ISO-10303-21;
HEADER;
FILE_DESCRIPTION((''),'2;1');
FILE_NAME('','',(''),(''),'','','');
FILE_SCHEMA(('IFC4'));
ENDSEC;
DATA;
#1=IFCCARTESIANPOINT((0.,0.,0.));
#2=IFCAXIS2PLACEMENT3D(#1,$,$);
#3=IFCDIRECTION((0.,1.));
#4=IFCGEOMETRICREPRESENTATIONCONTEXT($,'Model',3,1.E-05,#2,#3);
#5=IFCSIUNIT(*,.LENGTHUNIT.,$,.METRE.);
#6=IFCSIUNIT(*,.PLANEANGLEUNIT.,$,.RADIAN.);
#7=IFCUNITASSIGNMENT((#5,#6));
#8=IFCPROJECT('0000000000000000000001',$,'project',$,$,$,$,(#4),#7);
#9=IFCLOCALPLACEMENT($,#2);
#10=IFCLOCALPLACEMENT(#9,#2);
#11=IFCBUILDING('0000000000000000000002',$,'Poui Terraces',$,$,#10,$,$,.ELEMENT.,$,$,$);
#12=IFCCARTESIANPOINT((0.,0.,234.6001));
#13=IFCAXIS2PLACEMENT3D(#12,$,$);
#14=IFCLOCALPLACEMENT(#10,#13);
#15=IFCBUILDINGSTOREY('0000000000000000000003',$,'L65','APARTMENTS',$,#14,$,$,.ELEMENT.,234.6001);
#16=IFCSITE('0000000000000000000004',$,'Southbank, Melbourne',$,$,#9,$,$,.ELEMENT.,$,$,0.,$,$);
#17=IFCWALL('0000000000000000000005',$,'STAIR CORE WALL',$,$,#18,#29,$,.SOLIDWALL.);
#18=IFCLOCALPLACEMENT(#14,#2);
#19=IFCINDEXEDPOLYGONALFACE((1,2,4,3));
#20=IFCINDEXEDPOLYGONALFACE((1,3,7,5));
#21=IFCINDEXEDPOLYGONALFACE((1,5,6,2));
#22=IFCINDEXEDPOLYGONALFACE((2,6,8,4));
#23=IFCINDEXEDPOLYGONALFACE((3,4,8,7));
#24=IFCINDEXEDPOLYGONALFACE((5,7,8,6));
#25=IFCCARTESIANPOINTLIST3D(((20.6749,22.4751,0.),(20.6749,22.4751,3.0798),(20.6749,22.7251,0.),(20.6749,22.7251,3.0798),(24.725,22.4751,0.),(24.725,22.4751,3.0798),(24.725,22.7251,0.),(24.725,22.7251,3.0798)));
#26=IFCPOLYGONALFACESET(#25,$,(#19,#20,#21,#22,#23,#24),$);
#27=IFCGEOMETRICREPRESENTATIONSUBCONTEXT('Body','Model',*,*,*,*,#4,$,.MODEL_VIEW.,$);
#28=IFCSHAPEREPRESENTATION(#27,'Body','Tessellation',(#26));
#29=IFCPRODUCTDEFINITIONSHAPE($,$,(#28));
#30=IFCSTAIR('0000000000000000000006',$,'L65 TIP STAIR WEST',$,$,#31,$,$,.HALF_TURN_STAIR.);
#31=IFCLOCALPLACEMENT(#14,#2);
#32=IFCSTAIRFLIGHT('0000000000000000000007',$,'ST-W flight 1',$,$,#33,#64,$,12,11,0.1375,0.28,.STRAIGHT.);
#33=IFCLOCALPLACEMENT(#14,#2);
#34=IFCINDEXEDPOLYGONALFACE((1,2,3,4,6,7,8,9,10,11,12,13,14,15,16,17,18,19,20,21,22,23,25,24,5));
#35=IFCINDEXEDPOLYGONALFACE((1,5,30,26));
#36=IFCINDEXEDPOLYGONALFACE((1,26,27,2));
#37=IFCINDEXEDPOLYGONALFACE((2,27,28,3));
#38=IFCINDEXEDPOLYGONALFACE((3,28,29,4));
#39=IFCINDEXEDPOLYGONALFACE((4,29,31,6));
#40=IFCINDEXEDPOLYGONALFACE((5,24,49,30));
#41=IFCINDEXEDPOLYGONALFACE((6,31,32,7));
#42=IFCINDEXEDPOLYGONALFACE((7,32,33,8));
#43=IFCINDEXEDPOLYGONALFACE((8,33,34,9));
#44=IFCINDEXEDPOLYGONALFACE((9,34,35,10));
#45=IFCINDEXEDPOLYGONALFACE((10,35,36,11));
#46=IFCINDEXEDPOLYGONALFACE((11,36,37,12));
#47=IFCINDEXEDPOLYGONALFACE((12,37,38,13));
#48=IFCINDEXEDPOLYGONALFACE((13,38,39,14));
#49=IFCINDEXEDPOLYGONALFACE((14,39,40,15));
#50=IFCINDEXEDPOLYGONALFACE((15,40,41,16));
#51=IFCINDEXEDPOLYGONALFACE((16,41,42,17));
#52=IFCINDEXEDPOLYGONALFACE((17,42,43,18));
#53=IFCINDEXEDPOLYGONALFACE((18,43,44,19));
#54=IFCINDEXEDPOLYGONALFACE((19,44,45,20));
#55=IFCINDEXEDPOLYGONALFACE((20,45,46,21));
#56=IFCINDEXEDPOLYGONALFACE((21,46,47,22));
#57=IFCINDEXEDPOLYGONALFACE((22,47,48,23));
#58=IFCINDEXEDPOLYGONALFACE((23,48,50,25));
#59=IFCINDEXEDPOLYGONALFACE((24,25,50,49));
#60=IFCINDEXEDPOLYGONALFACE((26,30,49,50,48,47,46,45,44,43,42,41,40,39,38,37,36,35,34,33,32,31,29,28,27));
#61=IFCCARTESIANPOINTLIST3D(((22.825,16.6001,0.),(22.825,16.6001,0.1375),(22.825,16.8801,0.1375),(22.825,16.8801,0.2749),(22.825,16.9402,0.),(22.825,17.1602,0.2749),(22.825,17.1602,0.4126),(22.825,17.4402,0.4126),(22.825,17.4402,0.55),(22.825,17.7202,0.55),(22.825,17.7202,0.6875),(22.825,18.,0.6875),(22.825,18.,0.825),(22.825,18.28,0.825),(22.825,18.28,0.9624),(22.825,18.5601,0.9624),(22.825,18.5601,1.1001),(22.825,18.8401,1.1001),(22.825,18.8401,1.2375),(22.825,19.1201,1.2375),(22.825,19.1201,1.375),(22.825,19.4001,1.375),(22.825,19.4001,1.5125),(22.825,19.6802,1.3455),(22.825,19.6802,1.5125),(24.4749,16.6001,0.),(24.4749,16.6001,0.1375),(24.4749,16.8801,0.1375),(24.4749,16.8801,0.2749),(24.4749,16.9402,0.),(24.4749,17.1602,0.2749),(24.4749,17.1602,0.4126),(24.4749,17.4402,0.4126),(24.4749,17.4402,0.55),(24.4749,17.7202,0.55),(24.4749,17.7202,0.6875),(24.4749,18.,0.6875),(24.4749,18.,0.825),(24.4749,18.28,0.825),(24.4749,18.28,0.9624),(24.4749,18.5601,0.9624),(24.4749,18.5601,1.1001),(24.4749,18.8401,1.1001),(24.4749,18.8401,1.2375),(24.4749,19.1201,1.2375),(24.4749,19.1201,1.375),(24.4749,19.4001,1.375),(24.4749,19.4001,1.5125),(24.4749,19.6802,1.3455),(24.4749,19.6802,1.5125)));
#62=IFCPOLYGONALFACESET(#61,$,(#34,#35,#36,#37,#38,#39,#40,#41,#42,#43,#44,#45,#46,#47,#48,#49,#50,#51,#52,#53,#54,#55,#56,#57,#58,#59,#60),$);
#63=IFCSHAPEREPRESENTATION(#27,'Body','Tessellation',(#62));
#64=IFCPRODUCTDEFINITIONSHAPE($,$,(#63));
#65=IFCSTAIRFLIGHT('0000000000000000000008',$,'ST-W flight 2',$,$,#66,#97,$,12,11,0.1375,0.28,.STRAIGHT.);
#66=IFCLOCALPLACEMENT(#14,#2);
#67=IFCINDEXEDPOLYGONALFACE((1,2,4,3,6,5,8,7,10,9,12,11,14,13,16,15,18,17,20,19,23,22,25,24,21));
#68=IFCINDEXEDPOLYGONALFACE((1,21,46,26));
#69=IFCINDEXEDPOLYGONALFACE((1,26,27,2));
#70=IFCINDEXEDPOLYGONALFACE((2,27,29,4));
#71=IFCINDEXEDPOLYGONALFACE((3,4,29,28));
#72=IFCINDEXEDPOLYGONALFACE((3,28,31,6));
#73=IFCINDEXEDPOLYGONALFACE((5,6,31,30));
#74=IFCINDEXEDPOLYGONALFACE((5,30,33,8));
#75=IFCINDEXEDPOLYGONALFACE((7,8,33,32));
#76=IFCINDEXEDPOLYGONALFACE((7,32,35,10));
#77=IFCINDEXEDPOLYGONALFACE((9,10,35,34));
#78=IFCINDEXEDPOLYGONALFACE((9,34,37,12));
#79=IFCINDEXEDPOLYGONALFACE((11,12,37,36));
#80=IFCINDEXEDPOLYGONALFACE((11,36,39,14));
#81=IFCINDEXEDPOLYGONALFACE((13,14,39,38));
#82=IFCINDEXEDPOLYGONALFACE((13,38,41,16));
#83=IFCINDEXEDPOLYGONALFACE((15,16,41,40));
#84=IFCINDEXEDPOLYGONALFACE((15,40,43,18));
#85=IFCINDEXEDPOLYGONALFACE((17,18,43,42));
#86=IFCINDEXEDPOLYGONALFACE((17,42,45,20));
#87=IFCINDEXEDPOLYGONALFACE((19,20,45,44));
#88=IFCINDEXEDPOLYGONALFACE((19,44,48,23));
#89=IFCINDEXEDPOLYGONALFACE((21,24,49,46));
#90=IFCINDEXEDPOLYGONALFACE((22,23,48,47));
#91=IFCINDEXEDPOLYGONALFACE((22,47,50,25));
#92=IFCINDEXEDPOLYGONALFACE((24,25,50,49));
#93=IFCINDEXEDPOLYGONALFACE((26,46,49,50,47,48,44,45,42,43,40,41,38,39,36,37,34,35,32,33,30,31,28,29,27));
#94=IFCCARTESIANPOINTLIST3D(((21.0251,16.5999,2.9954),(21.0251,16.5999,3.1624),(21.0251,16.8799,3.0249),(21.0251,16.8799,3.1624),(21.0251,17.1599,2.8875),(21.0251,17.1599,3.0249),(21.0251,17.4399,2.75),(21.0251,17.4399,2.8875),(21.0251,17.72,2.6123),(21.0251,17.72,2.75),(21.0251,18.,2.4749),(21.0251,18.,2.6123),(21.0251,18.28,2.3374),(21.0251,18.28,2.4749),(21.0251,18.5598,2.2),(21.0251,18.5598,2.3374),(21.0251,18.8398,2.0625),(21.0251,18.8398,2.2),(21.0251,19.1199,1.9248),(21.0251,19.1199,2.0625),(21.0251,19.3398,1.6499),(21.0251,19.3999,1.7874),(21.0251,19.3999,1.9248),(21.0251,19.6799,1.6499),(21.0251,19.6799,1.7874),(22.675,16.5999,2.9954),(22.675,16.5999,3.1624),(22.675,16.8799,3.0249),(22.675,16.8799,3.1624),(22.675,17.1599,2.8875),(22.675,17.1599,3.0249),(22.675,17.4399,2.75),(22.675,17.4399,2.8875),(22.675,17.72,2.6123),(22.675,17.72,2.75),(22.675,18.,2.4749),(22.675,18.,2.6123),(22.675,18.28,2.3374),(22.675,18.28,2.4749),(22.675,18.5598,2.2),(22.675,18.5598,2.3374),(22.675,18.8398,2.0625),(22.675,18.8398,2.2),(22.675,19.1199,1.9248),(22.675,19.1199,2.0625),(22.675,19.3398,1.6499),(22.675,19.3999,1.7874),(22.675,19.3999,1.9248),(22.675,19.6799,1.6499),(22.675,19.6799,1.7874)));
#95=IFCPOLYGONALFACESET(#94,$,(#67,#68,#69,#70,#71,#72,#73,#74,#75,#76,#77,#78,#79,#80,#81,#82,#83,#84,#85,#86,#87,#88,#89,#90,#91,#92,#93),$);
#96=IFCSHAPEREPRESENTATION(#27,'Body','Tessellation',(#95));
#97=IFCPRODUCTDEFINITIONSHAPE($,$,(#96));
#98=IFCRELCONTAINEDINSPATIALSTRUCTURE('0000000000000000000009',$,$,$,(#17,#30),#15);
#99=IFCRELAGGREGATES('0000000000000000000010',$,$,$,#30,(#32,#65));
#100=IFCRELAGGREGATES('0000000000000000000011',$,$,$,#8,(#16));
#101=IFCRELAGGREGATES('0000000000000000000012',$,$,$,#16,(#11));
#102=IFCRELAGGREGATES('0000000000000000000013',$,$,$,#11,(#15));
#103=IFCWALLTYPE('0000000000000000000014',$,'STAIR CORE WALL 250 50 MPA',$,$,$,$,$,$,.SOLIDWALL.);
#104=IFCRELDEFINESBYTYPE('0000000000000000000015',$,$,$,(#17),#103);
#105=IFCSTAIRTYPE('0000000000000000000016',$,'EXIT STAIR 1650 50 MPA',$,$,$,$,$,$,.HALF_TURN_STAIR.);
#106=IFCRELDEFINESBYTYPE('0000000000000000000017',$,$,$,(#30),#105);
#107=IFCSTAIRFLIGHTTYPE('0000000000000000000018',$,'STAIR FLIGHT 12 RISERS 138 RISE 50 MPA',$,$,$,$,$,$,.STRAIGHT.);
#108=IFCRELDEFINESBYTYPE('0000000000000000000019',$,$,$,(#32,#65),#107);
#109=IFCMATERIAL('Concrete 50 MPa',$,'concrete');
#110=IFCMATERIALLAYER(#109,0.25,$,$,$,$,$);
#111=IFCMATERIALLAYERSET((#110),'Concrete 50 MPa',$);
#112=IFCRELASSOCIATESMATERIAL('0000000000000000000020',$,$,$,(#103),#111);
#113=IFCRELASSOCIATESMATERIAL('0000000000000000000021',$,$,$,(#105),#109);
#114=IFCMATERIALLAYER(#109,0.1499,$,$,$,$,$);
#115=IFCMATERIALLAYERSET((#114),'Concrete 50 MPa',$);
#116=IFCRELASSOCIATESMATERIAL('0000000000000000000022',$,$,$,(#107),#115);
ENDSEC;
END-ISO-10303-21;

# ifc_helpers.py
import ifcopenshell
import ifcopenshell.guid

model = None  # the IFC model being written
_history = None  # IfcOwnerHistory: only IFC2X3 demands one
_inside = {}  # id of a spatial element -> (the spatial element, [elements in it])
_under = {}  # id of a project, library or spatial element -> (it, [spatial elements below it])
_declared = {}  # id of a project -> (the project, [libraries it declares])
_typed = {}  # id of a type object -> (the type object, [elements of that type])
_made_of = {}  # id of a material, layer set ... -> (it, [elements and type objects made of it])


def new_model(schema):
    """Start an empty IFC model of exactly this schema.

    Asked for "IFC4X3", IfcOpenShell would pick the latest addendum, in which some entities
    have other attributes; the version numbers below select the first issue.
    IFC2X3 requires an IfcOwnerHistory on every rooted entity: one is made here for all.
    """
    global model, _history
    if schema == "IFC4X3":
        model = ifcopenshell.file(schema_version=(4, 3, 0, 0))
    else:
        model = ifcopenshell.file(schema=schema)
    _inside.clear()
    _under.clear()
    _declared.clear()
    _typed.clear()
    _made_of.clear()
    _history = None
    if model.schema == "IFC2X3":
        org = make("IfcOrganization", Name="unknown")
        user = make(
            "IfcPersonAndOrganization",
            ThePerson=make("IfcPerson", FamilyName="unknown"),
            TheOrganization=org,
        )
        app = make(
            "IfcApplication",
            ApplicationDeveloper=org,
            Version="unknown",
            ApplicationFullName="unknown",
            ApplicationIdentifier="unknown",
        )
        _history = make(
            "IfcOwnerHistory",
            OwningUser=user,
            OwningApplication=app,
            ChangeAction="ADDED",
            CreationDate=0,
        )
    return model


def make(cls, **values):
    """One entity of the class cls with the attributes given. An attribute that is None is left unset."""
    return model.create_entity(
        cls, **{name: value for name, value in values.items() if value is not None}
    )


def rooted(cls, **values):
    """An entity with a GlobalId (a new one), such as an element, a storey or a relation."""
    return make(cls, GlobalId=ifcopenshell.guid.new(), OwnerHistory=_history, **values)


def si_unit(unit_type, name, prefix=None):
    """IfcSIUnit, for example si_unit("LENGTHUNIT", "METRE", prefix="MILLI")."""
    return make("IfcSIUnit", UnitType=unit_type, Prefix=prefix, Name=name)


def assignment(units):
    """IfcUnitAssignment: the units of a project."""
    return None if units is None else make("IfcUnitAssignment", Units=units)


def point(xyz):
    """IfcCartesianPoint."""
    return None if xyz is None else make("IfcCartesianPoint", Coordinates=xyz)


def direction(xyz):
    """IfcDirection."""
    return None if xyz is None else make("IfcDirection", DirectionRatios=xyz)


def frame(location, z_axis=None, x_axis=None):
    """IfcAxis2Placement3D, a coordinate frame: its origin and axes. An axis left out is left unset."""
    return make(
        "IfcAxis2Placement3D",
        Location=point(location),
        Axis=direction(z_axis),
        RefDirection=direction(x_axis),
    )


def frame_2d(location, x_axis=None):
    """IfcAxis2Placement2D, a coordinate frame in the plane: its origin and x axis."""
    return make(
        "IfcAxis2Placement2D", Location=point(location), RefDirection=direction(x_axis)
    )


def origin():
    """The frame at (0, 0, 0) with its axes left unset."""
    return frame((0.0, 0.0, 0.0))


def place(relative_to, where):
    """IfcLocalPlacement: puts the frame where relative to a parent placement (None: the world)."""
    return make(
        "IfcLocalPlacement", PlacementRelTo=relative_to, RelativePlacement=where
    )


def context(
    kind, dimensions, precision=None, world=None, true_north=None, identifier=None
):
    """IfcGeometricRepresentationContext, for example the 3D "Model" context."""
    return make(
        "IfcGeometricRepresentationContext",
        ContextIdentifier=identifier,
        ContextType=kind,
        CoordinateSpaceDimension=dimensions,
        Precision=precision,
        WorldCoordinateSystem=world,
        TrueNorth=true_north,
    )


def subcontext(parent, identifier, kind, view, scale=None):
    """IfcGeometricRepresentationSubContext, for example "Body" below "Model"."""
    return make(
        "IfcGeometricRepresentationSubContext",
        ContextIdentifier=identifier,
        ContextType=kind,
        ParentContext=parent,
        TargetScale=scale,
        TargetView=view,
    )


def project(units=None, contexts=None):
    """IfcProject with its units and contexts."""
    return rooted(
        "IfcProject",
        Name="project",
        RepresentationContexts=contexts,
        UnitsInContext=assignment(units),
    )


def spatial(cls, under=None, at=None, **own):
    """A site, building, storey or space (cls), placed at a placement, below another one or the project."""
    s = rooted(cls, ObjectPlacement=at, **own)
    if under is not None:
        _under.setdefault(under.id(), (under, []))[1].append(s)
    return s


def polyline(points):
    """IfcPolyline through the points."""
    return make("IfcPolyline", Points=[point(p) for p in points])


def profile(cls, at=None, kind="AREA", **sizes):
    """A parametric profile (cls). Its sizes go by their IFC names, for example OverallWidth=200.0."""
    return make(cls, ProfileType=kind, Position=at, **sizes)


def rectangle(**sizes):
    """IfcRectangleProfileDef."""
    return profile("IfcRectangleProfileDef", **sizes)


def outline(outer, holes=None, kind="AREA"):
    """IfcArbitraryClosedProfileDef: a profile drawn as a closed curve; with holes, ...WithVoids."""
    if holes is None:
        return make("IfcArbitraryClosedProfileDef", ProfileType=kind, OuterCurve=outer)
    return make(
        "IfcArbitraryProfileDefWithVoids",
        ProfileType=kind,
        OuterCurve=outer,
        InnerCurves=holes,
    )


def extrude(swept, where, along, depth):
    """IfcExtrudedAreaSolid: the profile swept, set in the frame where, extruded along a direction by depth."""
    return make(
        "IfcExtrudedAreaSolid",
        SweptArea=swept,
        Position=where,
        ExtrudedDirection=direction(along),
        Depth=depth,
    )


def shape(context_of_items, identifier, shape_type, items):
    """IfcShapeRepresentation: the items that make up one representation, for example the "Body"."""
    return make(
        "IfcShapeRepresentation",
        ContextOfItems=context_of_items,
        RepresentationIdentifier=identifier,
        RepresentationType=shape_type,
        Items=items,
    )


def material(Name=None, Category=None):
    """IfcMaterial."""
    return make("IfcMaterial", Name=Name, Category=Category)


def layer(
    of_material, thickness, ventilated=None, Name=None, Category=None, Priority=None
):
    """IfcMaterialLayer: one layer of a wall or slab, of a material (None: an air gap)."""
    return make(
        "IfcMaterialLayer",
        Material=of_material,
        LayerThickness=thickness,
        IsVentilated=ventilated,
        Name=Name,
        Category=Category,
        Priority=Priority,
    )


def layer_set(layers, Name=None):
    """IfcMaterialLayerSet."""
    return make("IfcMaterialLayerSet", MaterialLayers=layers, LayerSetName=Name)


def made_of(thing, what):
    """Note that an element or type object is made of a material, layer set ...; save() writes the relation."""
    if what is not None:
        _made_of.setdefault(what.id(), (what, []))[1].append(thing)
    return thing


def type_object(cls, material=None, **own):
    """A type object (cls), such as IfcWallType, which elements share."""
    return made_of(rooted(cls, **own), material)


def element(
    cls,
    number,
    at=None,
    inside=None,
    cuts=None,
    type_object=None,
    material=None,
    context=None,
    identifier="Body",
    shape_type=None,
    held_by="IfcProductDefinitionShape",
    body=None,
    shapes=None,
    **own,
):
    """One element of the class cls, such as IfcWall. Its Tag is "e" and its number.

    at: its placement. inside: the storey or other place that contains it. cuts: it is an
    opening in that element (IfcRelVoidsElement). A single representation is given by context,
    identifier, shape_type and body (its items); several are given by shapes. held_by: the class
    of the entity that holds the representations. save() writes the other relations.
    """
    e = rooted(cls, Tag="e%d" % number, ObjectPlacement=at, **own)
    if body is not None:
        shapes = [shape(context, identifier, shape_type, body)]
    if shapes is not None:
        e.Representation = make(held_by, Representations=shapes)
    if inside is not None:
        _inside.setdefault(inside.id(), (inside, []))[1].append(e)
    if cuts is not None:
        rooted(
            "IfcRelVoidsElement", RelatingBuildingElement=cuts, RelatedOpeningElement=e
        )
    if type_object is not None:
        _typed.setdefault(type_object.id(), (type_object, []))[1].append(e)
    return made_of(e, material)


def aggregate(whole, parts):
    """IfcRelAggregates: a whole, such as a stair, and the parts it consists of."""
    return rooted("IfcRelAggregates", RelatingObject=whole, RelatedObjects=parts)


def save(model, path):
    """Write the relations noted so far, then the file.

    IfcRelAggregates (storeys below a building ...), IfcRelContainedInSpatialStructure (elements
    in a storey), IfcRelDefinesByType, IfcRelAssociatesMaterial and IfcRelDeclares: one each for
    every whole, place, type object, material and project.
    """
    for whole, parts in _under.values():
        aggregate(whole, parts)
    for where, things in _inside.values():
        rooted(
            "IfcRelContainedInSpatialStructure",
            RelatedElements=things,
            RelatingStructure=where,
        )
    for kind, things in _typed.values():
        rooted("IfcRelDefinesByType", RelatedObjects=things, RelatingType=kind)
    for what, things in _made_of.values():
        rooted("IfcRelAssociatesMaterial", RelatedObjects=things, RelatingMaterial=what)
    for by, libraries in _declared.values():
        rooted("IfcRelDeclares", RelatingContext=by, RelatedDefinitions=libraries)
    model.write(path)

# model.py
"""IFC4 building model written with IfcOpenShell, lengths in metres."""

from ifc_helpers import new_model, si_unit, direction, frame, frame_2d, origin, place, context, subcontext, project, spatial, polyline, rectangle, outline, extrude, material, layer, layer_set, type_object, element, aggregate, save


model = new_model("IFC4")

# Units and contexts
model_context = context("Model", 3, precision=1e-05, world=origin(), true_north=direction((0.0, 1.0)))
body_context = subcontext(model_context, "Body", "Model", "MODEL_VIEW")
ifc_project = project(units=[si_unit("LENGTHUNIT", "METRE"), si_unit("PLANEANGLEUNIT", "RADIAN")], contexts=[model_context])

# Site, building, storey
site_placement = place(None, origin())
site = spatial("IfcSite", under=ifc_project, at=site_placement, Name="Southbank, Melbourne", CompositionType="ELEMENT", RefElevation=0.0)
building_placement = place(site_placement, origin())
building = spatial("IfcBuilding", under=site, at=building_placement, Name="Poui Terraces", CompositionType="ELEMENT")
storey_placement = place(building_placement, frame((0.0, 0.0, 234.6001)))
storey = spatial("IfcBuildingStorey", under=building, at=storey_placement, Name="L65", Description="APARTMENTS", CompositionType="ELEMENT", Elevation=234.6001)

# Wall
ifc_material_1 = material(Name="Concrete 50 MPa", Category="concrete")
ifc_layer_1 = layer(ifc_material_1, 0.25)
ifc_layer_set_1 = layer_set([ifc_layer_1], Name="Concrete 50 MPa")
wall_type = type_object("IfcWallType", Name="STAIR CORE WALL 250 50 MPA", PredefinedType="SOLIDWALL", material=ifc_layer_set_1)
wall_placement = place(storey_placement, frame((20.675, 22.6001, 0.0), z_axis=(0.0, 0.0, 1.0), x_axis=(1.0, 0.0, 0.0)))
element("IfcWall", 1, at=wall_placement, inside=storey, type_object=wall_type, Name="STAIR CORE WALL", PredefinedType="SOLIDWALL", context=body_context, shape_type="SweptSolid", body=[
    extrude(rectangle(XDim=4.05, YDim=0.25, at=frame_2d((2.0249, 0.0))), origin(), (0.0, 0.0, 1.0), 3.0798),
])

# Stair, stair flights
stair_type = type_object("IfcStairType", Name="EXIT STAIR 1650 50 MPA", PredefinedType="HALF_TURN_STAIR", material=ifc_material_1)
stair_placement = place(storey_placement, origin())
stair = element("IfcStair", 2, at=stair_placement, inside=storey, type_object=stair_type, Name="L65 TIP STAIR WEST", PredefinedType="HALF_TURN_STAIR")
ifc_layer_2 = layer(ifc_material_1, 0.1499)
ifc_layer_set_2 = layer_set([ifc_layer_2], Name="Concrete 50 MPa")
stair_flight_type = type_object("IfcStairFlightType", Name="STAIR FLIGHT 12 RISERS 138 RISE 50 MPA", PredefinedType="STRAIGHT", material=ifc_layer_set_2)
stair_flight_1_placement = place(storey_placement, frame((23.6499, 16.6001, 0.0), z_axis=(0.0, 0.0, 1.0), x_axis=(0.0, 1.0, 0.0)))
stair_flight_1 = element("IfcStairFlight", 3, at=stair_flight_1_placement, type_object=stair_flight_type, Name="ST-W flight 1", NumberOfRisers=12, NumberOfTreads=11, PredefinedType="STRAIGHT", RiserHeight=0.1375, TreadLength=0.28, context=body_context, shape_type="SweptSolid", body=[
    extrude(outline(polyline([(0.0, 0.0), (0.0, 0.1375), (0.28, 0.1375), (0.28, 0.2749), (0.5601, 0.2749), (0.5601, 0.4126), (0.8401, 0.4126), (0.8401, 0.55), (1.1201, 0.55), (1.1201, 0.6875), (1.3999, 0.6875), (1.3999, 0.825), (1.6799, 0.825), (1.6799, 0.9624), (1.96, 0.9624), (1.96, 1.1001), (2.24, 1.1001), (2.24, 1.2375), (2.52, 1.2375), (2.52, 1.375), (2.8, 1.375), (2.8, 1.5125), (3.0801, 1.5125), (3.0801, 1.6499), (3.0801, 1.3455), (0.3401, 0.0), (0.0, 0.0)])), frame((0.0, 0.825, 0.0), z_axis=(0.0, -1.0, 0.0), x_axis=(1.0, 0.0, 0.0)), (0.0, 0.0, 1.0), 1.6499),
])
stair_flight_2_placement = place(storey_placement, frame((21.8501, 19.6799, 1.6499), z_axis=(0.0, 0.0, 1.0), x_axis=(0.0, -1.0, 0.0)))
stair_flight_2 = element("IfcStairFlight", 4, at=stair_flight_2_placement, type_object=stair_flight_type, Name="ST-W flight 2", NumberOfRisers=12, NumberOfTreads=11, PredefinedType="STRAIGHT", RiserHeight=0.1375, TreadLength=0.28, context=body_context, shape_type="SweptSolid", body=[
    extrude(outline(polyline([(0.0, 0.0), (0.0, 0.1375), (0.28, 0.1375), (0.28, 0.2749), (0.5601, 0.2749), (0.5601, 0.4126), (0.8401, 0.4126), (0.8401, 0.55), (1.1201, 0.55), (1.1201, 0.6875), (1.3999, 0.6875), (1.3999, 0.825), (1.6799, 0.825), (1.6799, 0.9624), (1.96, 0.9624), (1.96, 1.1001), (2.24, 1.1001), (2.24, 1.2375), (2.52, 1.2375), (2.52, 1.375), (2.8, 1.375), (2.8, 1.5125), (3.0801, 1.5125), (3.0801, 1.6499), (3.0801, 1.3455), (0.3401, 0.0), (0.0, 0.0)])), frame((0.0, 0.825, 0.0), z_axis=(0.0, -1.0, 0.0), x_axis=(1.0, 0.0, 0.0)), (0.0, 0.0, 1.0), 1.6499),
])
aggregate(stair, [stair_flight_1, stair_flight_2])

save(model, "model.ifc")
